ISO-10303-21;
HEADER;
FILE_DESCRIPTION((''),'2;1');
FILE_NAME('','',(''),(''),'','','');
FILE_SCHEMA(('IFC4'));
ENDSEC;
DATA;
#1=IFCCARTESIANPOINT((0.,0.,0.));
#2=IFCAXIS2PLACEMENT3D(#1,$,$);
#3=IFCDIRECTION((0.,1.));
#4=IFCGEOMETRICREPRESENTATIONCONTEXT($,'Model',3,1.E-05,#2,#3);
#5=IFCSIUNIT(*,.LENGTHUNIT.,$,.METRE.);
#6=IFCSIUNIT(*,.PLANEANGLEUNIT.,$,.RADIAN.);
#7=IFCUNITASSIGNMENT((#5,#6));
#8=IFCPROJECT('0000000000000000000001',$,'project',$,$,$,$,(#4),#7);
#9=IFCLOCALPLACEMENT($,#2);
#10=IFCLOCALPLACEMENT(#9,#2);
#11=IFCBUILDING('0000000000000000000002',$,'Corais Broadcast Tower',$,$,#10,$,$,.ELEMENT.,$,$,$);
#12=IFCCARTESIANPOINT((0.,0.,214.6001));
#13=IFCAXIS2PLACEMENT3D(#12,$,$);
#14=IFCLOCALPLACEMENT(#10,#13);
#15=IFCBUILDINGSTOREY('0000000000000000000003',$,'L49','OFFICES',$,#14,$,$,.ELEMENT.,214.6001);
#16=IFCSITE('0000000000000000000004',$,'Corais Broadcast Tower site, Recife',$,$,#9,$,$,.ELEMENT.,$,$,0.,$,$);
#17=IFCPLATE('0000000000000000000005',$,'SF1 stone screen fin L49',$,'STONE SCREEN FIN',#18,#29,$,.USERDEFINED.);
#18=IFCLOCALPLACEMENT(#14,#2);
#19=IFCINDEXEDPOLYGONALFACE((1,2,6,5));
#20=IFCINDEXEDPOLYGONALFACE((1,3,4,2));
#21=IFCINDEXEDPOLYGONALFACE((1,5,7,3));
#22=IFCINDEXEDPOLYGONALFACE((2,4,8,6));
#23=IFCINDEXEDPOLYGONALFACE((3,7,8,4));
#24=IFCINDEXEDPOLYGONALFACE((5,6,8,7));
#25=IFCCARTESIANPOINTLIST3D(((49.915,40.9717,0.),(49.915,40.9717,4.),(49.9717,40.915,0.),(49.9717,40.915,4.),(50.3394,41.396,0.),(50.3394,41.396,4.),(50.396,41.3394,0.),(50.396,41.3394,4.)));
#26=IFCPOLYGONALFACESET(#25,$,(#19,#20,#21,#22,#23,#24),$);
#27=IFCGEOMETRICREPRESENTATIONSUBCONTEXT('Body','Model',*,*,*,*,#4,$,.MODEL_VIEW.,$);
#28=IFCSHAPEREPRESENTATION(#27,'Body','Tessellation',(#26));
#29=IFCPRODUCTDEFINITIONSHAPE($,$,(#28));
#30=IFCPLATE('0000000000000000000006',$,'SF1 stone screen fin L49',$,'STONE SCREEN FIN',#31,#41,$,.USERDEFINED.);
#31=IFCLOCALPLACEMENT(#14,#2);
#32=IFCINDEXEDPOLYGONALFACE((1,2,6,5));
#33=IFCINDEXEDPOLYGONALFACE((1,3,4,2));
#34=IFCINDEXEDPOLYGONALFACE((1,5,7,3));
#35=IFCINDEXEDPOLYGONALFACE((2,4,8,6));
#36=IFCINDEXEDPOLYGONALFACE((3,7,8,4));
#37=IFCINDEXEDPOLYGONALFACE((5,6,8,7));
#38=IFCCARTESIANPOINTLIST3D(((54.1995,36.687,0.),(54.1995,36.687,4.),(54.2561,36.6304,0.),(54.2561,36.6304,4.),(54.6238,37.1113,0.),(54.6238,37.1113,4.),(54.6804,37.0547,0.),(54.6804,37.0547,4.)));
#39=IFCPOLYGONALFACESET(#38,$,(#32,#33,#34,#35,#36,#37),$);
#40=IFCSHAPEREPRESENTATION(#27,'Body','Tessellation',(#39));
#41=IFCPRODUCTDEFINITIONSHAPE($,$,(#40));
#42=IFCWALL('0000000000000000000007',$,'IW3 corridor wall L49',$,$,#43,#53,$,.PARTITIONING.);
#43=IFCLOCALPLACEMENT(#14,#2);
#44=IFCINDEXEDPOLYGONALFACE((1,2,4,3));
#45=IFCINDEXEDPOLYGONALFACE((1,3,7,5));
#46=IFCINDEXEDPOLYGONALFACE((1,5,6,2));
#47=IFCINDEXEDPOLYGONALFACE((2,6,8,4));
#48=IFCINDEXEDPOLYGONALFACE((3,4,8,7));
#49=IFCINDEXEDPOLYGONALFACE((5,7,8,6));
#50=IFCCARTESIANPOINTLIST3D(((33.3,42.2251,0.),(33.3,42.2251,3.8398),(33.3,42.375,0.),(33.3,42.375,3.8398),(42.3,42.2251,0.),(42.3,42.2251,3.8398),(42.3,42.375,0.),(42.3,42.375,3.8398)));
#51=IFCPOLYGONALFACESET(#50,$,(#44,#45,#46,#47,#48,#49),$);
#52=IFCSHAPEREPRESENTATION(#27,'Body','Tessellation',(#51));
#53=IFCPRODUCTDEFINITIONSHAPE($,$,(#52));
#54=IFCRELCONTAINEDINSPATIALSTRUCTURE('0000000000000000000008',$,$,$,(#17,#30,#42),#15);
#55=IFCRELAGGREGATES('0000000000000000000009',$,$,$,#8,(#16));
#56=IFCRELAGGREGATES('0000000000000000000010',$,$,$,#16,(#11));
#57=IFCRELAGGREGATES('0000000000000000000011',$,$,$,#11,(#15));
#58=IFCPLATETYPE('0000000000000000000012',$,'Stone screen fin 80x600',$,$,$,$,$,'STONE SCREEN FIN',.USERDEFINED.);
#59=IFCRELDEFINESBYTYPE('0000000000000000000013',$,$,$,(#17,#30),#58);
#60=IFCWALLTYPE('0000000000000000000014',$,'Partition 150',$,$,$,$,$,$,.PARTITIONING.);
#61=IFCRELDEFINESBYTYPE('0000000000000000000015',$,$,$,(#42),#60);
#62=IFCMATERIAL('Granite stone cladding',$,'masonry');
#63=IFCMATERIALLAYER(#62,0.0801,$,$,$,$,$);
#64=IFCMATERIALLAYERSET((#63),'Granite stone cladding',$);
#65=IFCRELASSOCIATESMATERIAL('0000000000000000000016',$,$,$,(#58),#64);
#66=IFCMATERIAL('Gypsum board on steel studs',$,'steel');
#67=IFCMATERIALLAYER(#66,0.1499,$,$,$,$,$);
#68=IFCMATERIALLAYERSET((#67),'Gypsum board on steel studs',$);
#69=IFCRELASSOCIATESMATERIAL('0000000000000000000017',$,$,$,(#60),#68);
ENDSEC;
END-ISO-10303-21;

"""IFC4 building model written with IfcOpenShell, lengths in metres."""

from ifc_helpers import new_model, si_unit, direction, frame, frame_2d, origin, origin_2d, place, context, subcontext, project, spatial, rectangle, extrude, material, layer, layer_set, type_object, element, save


model = new_model("IFC4")

# Units and contexts
model_context = context("Model", 3, precision=1e-05, world=origin(), true_north=direction((0.0, 1.0)))
body_context = subcontext(model_context, "Body", "Model", "MODEL_VIEW")
ifc_project = project(units=[si_unit("LENGTHUNIT", "METRE"), si_unit("PLANEANGLEUNIT", "RADIAN")], contexts=[model_context])

# Site, building, storey
site_placement = place(None, origin())
site = spatial("IfcSite", under=ifc_project, at=site_placement, Name="Corais Broadcast Tower site, Recife", CompositionType="ELEMENT", RefElevation=0.0)
building_placement = place(site_placement, origin())
building = spatial("IfcBuilding", under=site, at=building_placement, Name="Corais Broadcast Tower", CompositionType="ELEMENT")
storey_placement = place(building_placement, frame((0.0, 0.0, 214.6001)))
storey = spatial("IfcBuildingStorey", under=building, at=storey_placement, Name="L49", Description="OFFICES", CompositionType="ELEMENT", Elevation=214.6001)

# Plates
ifc_material_1 = material(Name="Granite stone cladding", Category="masonry")
ifc_layer_1 = layer(ifc_material_1, 0.0801)
ifc_layer_set_1 = layer_set([ifc_layer_1], Name="Granite stone cladding")
plate_type_1 = type_object("IfcPlateType", Name="Stone screen fin 80x600", ElementType="STONE SCREEN FIN", PredefinedType="USERDEFINED", material=ifc_layer_set_1)
for number, where, z_axis, x_axis, name in (
    (1, (50.1555, 41.1555, 0.0), (0.0, 0.0, 1.0), (0.707107, -0.707107, 0.0), "SF1 stone screen fin L49"),
    (2, (54.4399, 36.8708, 0.0), (0.0, 0.0, 1.0), (0.707107, -0.707107, 0.0), "SF1 stone screen fin L49"),
):
    element("IfcPlate", number, at=place(storey_placement, frame(where, z_axis=z_axis, x_axis=x_axis)), inside=storey, type_object=plate_type_1, Name=name, ObjectType="STONE SCREEN FIN", PredefinedType="USERDEFINED", context=body_context, shape_type="SweptSolid", body=[
        extrude(rectangle(XDim=0.0801, YDim=0.6001, at=origin_2d()), origin(), (0.0, 0.0, 1.0), 4.0),
    ])

# Wall
ifc_material_2 = material(Name="Gypsum board on steel studs", Category="steel")
ifc_layer_2 = layer(ifc_material_2, 0.1499)
ifc_layer_set_2 = layer_set([ifc_layer_2], Name="Gypsum board on steel studs")
wall_type = type_object("IfcWallType", Name="Partition 150", PredefinedType="PARTITIONING", material=ifc_layer_set_2)
wall_placement = place(storey_placement, frame((42.3, 42.3, 0.0), z_axis=(0.0, 0.0, 1.0), x_axis=(-1.0, 0.0, 0.0)))
element("IfcWall", 3, at=wall_placement, inside=storey, type_object=wall_type, Name="IW3 corridor wall L49", PredefinedType="PARTITIONING", context=body_context, shape_type="SweptSolid", body=[
    extrude(rectangle(XDim=9.0, YDim=0.1499, at=frame_2d((4.5, 0.0))), origin(), (0.0, 0.0, 1.0), 3.8398),
])

save(model, "model.ifc")
